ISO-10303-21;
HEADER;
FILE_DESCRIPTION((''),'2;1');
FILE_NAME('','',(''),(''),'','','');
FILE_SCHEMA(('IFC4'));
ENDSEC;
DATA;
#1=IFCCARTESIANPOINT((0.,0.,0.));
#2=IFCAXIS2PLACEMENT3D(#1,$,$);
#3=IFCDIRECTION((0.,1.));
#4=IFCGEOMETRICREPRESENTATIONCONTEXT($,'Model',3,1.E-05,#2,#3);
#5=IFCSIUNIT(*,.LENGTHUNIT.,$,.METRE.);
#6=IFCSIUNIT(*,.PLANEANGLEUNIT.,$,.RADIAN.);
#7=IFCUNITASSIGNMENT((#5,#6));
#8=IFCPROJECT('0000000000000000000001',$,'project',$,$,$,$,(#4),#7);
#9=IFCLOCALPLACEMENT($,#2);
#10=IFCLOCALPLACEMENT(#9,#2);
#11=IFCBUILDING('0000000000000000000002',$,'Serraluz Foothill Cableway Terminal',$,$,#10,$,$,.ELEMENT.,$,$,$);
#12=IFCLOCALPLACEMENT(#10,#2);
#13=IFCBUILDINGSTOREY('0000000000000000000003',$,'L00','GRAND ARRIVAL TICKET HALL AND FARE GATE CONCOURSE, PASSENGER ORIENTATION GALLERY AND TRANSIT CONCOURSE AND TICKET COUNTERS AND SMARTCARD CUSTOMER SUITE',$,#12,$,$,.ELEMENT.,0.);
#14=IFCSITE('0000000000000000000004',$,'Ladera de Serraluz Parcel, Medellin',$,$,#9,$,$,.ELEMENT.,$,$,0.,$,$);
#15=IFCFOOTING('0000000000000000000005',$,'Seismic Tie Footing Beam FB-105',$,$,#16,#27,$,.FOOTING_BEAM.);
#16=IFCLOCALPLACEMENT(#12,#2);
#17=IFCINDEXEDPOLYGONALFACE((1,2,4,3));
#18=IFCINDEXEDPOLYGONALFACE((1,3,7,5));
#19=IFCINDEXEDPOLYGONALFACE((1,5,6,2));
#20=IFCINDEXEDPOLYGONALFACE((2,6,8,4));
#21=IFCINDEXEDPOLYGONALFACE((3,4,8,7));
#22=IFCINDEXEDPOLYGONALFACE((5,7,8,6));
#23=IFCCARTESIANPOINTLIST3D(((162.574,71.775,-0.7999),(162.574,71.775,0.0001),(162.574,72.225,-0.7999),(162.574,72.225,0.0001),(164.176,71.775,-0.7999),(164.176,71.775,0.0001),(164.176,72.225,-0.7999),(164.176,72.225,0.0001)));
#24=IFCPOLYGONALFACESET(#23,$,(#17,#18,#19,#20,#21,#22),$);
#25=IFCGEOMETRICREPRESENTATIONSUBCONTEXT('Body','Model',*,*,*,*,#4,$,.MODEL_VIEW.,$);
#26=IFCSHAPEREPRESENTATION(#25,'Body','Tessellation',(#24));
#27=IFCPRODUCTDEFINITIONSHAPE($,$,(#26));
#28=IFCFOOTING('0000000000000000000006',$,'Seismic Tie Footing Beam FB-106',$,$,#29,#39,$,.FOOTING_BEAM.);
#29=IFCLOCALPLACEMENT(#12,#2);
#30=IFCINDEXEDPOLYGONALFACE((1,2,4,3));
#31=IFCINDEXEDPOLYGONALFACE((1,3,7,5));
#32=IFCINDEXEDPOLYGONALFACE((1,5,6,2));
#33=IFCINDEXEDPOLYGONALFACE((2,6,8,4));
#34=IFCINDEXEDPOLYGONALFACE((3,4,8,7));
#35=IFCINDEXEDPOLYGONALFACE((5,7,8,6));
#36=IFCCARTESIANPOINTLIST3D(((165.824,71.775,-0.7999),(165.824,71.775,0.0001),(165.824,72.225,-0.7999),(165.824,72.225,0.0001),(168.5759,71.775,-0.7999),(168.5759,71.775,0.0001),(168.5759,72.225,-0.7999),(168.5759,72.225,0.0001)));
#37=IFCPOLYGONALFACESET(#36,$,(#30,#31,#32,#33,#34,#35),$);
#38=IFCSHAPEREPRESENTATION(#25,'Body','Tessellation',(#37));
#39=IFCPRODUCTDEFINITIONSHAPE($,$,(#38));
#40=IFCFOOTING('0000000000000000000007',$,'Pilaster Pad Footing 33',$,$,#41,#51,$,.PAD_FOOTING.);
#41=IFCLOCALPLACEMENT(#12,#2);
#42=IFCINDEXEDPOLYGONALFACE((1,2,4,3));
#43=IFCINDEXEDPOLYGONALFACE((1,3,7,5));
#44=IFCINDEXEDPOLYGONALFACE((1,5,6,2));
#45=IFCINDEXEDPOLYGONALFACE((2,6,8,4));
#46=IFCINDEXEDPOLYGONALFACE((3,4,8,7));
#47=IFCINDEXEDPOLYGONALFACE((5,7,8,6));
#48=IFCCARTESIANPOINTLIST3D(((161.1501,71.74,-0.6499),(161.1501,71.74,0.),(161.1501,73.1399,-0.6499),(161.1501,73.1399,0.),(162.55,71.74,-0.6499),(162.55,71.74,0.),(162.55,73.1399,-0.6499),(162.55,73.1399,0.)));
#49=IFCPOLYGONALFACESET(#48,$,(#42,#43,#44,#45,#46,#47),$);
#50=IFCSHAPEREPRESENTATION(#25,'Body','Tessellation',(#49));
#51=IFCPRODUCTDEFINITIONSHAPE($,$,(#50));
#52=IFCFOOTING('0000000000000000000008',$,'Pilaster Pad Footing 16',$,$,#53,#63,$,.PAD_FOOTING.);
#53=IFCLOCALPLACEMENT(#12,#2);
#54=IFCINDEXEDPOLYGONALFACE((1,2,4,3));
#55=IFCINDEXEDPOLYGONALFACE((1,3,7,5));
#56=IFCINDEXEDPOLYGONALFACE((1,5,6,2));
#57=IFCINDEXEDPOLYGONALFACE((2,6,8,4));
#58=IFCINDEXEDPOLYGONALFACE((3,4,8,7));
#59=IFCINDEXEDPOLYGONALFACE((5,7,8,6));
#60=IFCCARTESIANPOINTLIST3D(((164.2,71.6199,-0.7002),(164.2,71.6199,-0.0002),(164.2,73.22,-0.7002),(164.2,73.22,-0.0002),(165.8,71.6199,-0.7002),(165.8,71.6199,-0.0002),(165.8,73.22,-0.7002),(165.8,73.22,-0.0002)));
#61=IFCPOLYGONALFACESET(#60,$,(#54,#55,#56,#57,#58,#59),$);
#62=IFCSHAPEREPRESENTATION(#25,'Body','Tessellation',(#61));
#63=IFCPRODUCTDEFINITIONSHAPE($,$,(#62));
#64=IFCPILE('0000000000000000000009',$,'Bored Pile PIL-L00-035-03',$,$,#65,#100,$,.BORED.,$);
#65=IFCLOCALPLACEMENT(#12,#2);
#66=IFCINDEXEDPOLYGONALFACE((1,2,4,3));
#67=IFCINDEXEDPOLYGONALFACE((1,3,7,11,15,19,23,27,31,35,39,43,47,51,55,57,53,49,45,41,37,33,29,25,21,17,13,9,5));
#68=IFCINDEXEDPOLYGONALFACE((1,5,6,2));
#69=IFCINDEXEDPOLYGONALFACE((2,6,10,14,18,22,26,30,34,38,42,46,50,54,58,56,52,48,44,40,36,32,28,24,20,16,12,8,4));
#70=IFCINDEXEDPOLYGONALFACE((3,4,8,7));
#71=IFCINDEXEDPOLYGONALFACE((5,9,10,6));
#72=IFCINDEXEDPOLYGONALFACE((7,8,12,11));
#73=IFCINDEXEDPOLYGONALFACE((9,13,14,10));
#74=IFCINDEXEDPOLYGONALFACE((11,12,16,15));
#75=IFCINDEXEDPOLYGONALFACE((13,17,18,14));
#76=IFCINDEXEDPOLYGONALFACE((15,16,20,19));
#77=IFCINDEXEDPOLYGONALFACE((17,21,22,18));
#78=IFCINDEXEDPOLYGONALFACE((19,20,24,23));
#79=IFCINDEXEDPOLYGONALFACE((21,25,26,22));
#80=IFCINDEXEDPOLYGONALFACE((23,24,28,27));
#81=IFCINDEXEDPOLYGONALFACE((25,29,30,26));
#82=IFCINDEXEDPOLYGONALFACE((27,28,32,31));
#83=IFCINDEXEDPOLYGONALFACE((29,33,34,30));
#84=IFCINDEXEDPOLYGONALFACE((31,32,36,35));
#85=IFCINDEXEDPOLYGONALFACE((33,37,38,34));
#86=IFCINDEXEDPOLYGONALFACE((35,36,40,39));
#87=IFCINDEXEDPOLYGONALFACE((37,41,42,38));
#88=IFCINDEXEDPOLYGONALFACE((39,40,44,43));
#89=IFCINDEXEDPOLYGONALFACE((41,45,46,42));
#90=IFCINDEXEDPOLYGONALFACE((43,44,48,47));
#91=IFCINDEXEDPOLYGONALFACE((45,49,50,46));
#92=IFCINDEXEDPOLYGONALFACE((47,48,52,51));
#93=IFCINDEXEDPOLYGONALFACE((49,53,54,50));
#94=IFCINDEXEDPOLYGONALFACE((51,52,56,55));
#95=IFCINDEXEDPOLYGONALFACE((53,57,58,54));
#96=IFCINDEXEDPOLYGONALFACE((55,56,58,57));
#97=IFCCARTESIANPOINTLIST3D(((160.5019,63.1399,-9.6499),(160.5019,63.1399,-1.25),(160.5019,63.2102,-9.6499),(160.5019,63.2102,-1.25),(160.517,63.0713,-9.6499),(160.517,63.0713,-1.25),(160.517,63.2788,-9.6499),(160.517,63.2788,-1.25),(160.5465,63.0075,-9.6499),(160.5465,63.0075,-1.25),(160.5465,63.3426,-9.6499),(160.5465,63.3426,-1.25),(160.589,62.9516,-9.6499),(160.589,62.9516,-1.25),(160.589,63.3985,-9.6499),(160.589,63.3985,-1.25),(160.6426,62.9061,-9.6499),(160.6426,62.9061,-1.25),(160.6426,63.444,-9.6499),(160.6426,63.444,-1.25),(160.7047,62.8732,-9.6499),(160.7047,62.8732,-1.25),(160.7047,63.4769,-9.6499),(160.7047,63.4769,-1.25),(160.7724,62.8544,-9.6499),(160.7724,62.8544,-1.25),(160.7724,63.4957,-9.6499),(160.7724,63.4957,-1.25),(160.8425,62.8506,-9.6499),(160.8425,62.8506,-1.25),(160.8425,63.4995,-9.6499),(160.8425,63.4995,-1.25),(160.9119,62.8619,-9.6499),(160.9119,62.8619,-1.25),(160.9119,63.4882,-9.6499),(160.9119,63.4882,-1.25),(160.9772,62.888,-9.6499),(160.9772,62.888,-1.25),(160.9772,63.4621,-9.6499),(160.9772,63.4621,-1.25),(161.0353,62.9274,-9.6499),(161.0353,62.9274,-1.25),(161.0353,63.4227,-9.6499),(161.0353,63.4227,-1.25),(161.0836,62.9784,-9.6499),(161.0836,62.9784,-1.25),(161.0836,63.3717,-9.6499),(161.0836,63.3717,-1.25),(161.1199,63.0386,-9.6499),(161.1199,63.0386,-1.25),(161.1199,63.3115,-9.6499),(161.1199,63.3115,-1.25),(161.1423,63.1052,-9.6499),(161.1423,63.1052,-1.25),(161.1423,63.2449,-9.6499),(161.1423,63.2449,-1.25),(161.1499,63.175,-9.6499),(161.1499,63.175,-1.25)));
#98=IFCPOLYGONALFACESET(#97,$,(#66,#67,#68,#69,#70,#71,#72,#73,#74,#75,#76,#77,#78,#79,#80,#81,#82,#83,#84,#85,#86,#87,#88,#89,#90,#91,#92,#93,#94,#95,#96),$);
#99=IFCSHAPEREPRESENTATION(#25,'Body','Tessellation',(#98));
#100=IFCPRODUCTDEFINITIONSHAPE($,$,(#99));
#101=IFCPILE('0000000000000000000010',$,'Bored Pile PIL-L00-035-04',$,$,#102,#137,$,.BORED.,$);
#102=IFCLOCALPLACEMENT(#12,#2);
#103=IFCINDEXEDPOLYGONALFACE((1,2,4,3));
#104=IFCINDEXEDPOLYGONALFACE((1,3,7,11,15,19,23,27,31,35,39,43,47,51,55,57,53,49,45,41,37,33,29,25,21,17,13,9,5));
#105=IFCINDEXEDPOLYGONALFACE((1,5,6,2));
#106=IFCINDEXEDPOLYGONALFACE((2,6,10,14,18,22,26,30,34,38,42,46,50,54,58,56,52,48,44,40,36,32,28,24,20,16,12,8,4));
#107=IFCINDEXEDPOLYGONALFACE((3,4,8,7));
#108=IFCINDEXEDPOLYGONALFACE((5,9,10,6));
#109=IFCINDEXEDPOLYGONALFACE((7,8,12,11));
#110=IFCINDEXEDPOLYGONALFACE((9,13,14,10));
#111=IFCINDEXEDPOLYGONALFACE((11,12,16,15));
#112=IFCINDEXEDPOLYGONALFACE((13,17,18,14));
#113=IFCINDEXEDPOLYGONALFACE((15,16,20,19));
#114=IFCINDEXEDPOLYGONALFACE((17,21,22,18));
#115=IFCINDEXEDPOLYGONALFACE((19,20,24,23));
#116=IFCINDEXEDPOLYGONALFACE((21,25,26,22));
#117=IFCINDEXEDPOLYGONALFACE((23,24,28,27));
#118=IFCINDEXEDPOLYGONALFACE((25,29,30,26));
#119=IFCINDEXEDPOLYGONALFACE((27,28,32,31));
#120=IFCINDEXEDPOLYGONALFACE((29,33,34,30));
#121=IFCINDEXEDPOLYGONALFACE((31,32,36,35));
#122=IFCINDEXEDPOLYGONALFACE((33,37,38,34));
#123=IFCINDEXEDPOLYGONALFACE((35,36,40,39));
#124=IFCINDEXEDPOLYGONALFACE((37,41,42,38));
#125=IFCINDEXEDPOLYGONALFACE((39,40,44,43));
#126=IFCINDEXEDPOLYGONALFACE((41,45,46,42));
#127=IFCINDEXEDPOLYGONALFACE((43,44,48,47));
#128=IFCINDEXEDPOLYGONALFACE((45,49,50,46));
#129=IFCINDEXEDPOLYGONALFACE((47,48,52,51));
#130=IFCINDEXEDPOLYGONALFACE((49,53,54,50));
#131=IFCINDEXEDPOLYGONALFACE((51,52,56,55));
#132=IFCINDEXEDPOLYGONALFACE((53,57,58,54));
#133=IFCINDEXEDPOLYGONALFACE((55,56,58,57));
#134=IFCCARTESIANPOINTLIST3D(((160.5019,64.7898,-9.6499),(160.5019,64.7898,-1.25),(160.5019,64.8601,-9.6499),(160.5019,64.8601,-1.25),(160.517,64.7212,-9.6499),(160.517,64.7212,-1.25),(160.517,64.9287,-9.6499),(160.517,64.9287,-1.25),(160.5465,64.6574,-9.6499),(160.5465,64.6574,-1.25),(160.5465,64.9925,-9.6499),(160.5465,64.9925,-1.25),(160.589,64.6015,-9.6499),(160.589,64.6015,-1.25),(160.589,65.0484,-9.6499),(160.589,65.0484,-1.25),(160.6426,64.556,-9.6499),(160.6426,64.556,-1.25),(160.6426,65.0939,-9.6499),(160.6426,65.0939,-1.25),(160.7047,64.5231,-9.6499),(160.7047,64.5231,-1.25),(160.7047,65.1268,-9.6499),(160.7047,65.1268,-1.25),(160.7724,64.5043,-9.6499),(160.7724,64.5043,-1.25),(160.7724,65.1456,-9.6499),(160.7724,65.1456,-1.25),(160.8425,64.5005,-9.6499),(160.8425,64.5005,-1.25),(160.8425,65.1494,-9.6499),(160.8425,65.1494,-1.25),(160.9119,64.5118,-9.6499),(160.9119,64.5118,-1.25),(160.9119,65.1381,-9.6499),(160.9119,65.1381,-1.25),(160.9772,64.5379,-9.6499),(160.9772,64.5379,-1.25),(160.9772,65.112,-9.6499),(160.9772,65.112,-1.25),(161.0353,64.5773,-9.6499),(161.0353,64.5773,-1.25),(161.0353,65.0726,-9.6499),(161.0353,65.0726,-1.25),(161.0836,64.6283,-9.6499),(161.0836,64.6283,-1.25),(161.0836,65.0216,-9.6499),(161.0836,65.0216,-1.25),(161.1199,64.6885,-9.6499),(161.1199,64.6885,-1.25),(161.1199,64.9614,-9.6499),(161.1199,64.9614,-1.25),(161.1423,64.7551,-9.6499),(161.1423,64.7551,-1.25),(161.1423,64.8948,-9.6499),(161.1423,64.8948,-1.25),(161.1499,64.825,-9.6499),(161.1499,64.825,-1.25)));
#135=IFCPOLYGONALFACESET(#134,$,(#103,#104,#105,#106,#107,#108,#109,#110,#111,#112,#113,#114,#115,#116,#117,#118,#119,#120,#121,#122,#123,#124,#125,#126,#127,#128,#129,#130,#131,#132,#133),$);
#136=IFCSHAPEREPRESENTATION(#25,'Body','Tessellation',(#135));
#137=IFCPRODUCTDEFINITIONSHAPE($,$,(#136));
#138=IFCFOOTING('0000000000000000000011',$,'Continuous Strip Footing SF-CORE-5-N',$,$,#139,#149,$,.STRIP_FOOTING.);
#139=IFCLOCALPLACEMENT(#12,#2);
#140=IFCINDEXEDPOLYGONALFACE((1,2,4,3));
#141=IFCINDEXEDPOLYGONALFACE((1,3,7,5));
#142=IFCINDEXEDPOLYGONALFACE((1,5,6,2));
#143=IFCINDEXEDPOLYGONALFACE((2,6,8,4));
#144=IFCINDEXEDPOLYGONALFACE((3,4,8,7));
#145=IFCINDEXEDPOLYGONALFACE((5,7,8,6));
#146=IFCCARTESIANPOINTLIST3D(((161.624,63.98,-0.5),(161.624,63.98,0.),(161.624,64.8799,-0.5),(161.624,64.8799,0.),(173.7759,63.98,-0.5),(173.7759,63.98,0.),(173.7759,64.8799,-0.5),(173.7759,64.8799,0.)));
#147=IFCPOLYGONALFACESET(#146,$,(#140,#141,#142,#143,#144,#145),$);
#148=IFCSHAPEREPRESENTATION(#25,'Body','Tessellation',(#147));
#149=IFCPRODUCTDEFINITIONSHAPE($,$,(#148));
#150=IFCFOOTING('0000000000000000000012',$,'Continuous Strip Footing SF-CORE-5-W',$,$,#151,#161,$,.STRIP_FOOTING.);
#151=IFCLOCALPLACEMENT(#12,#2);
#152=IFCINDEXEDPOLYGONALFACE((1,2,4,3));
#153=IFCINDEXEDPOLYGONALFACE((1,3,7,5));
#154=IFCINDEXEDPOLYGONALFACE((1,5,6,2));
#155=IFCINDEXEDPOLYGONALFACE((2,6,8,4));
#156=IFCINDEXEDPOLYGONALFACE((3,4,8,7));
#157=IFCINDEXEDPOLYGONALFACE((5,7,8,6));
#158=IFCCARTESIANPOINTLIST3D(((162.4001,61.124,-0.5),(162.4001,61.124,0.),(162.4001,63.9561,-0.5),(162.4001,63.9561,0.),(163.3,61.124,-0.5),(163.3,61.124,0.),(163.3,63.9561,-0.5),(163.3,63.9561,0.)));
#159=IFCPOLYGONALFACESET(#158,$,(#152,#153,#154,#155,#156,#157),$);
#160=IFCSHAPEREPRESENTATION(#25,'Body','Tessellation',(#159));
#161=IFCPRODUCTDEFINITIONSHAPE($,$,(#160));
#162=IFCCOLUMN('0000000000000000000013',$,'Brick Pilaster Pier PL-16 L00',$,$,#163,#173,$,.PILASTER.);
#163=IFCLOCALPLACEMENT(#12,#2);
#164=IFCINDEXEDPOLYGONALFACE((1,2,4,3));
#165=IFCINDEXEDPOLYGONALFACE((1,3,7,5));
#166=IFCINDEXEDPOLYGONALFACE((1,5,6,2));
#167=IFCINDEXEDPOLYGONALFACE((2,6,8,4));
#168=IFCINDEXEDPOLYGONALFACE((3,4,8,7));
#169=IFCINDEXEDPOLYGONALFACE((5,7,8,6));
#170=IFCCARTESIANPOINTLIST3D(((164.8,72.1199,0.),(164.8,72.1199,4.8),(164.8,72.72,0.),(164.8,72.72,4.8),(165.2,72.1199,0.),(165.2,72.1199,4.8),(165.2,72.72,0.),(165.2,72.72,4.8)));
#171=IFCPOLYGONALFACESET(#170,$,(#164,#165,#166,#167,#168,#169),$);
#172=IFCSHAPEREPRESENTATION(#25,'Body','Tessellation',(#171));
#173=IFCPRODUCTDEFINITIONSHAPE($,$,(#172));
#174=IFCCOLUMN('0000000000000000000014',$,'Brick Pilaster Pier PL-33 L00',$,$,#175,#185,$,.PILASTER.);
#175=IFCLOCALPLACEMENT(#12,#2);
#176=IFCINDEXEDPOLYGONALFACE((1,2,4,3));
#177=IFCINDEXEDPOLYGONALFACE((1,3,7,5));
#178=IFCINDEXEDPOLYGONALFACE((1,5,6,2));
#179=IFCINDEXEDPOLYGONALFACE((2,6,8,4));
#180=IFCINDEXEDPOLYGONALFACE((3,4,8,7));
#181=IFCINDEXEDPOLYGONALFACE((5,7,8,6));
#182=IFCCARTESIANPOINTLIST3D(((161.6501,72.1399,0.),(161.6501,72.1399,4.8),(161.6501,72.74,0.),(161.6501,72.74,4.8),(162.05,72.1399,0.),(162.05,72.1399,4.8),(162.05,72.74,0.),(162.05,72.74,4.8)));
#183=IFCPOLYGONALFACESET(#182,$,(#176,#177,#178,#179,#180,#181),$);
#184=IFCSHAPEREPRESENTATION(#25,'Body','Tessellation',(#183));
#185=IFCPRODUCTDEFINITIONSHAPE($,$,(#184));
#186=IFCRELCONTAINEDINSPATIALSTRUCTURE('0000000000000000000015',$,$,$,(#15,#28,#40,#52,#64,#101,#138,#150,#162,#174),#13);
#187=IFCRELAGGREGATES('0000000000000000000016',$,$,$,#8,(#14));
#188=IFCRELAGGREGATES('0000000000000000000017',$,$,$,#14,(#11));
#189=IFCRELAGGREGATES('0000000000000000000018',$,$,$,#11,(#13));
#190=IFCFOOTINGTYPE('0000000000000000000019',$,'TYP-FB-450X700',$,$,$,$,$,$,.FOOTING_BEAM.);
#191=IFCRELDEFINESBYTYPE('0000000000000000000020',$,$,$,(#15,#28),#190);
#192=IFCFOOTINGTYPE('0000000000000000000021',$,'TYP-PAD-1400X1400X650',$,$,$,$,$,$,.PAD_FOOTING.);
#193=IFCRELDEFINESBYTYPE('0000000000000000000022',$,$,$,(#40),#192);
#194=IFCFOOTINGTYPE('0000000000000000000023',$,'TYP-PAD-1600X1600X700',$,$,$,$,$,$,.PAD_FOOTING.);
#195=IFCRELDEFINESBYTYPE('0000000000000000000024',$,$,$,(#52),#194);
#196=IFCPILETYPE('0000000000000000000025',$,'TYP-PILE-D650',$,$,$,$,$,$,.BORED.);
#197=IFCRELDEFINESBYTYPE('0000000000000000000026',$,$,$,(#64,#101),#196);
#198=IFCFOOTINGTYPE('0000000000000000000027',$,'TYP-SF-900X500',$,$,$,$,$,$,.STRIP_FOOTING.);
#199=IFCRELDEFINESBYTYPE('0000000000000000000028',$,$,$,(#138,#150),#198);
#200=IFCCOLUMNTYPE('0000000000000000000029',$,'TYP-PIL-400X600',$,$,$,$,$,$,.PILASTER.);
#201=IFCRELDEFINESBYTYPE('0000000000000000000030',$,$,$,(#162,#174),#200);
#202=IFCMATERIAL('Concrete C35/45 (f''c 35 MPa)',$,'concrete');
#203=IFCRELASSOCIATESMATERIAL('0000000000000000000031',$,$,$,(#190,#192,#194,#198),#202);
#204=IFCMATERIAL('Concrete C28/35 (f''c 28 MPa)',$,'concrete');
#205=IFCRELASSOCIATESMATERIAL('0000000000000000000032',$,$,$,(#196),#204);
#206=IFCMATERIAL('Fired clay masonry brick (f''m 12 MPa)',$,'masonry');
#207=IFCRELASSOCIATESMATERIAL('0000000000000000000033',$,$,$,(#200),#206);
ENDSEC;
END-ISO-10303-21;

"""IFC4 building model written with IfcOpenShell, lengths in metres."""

from ifc_helpers import new_model, si_unit, direction, frame, origin, origin_2d, place, context, subcontext, project, spatial, rectangle, circle, extrude, material, material_profile, profile_set, type_object, element, save


model = new_model("IFC4")

# Units and contexts
model_context = context("Model", 3, precision=1e-05, world=origin(), true_north=direction((0.0, 1.0)))
body_context = subcontext(model_context, "Body", "Model", "MODEL_VIEW")
ifc_project = project(units=[si_unit("LENGTHUNIT", "METRE"), si_unit("PLANEANGLEUNIT", "RADIAN")], contexts=[model_context])

# Site, building, storey
site_placement = place(None, origin())
site = spatial("IfcSite", under=ifc_project, at=site_placement, Name="Ladera de Serraluz Parcel, Medellin", CompositionType="ELEMENT", RefElevation=0.0)
building_placement = place(site_placement, origin())
building = spatial("IfcBuilding", under=site, at=building_placement, Name="Serraluz Foothill Cableway Terminal", CompositionType="ELEMENT")
storey_placement = place(building_placement, origin())
storey = spatial("IfcBuildingStorey", under=building, at=storey_placement, Name="L00", Description="GRAND ARRIVAL TICKET HALL AND FARE GATE CONCOURSE, PASSENGER ORIENTATION GALLERY AND TRANSIT CONCOURSE AND TICKET COUNTERS AND SMARTCARD CUSTOMER SUITE", CompositionType="ELEMENT", Elevation=0.0)

# Footings
ifc_material_1 = material(Name="Concrete C35/45 (f'c 35 MPa)", Category="concrete")
ifc_material_profile_1 = material_profile(ifc_material_1, rectangle(XDim=0.45, YDim=0.8, at=origin_2d()), Name="RC 450x800")
ifc_profile_set_1 = profile_set([ifc_material_profile_1], Name="Concrete C35/45 (f'c 35 MPa)")
footing_type_1 = type_object("IfcFootingType", Name="TYP-FB-450X700", PredefinedType="FOOTING_BEAM", material=ifc_profile_set_1)
footing_1_placement = place(storey_placement, frame((162.574, 72.0, -0.3999), z_axis=(1.0, 0.0, 0.0), x_axis=(0.0, 1.0, 0.0)))
element("IfcFooting", 1, at=footing_1_placement, inside=storey, type_object=footing_type_1, Name="Seismic Tie Footing Beam FB-105", PredefinedType="FOOTING_BEAM", context=body_context, shape_type="SweptSolid", body=[
    extrude(rectangle(XDim=0.45, YDim=0.8, at=origin_2d()), origin(), (0.0, 0.0, 1.0), 1.6021),
])
footing_2_placement = place(storey_placement, frame((165.824, 72.0, -0.3999), z_axis=(1.0, 0.0, 0.0), x_axis=(0.0, 1.0, 0.0)))
element("IfcFooting", 2, at=footing_2_placement, inside=storey, type_object=footing_type_1, Name="Seismic Tie Footing Beam FB-106", PredefinedType="FOOTING_BEAM", context=body_context, shape_type="SweptSolid", body=[
    extrude(rectangle(XDim=0.45, YDim=0.8, at=origin_2d()), origin(), (0.0, 0.0, 1.0), 2.752),
])
footing_type_2 = type_object("IfcFootingType", Name="TYP-PAD-1400X1400X650", PredefinedType="PAD_FOOTING", material=ifc_material_1)
footing_3_placement = place(storey_placement, frame((161.8501, 72.4399, -0.6499), z_axis=(0.0, 0.0, 1.0), x_axis=(1.0, 0.0, 0.0)))
element("IfcFooting", 3, at=footing_3_placement, inside=storey, type_object=footing_type_2, Name="Pilaster Pad Footing 33", PredefinedType="PAD_FOOTING", context=body_context, shape_type="SweptSolid", body=[
    extrude(rectangle(XDim=1.3999, YDim=1.3999, at=origin_2d()), origin(), (0.0, 0.0, 1.0), 0.6499),
])
footing_type_3 = type_object("IfcFootingType", Name="TYP-PAD-1600X1600X700", PredefinedType="PAD_FOOTING", material=ifc_material_1)
footing_4_placement = place(storey_placement, frame((165.0, 72.4199, -0.7002), z_axis=(0.0, 0.0, 1.0), x_axis=(1.0, 0.0, 0.0)))
element("IfcFooting", 4, at=footing_4_placement, inside=storey, type_object=footing_type_3, Name="Pilaster Pad Footing 16", PredefinedType="PAD_FOOTING", context=body_context, shape_type="SweptSolid", body=[
    extrude(rectangle(XDim=1.6001, YDim=1.6001, at=origin_2d()), origin(), (0.0, 0.0, 1.0), 0.7),
])

# Piles
ifc_material_2 = material(Name="Concrete C28/35 (f'c 28 MPa)", Category="concrete")
ifc_material_profile_2 = material_profile(ifc_material_2, circle(Radius=0.325, at=origin_2d()), Name="BORED PILE D650")
ifc_profile_set_2 = profile_set([ifc_material_profile_2], Name="Concrete C28/35 (f'c 28 MPa)")
pile_type = type_object("IfcPileType", Name="TYP-PILE-D650", PredefinedType="BORED", material=ifc_profile_set_2)
for number, where, z_axis, x_axis, name in (
    (5, (160.825, 63.175, -1.25), (0.0, 0.0, -1.0), (1.0, 0.0, 0.0), "Bored Pile PIL-L00-035-03"),
    (6, (160.825, 64.825, -1.25), (0.0, 0.0, -1.0), (1.0, 0.0, 0.0), "Bored Pile PIL-L00-035-04"),
):
    element("IfcPile", number, at=place(storey_placement, frame(where, z_axis=z_axis, x_axis=x_axis)), inside=storey, type_object=pile_type, Name=name, PredefinedType="BORED", context=body_context, shape_type="SweptSolid", body=[
        extrude(circle(Radius=0.325, at=origin_2d()), origin(), (0.0, 0.0, 1.0), 8.3999),
    ])

# Footings
ifc_material_profile_3 = material_profile(ifc_material_1, rectangle(XDim=0.8999, YDim=0.5, at=origin_2d()), Name="SF 900x500")
ifc_profile_set_3 = profile_set([ifc_material_profile_3], Name="Concrete C35/45 (f'c 35 MPa)")
footing_type_4 = type_object("IfcFootingType", Name="TYP-SF-900X500", PredefinedType="STRIP_FOOTING", material=ifc_profile_set_3)
footing_5_placement = place(storey_placement, frame((161.624, 64.4299, -0.25), z_axis=(1.0, 0.0, 0.0), x_axis=(0.0, 1.0, 0.0)))
element("IfcFooting", 7, at=footing_5_placement, inside=storey, type_object=footing_type_4, Name="Continuous Strip Footing SF-CORE-5-N", PredefinedType="STRIP_FOOTING", context=body_context, shape_type="SweptSolid", body=[
    extrude(rectangle(XDim=0.8999, YDim=0.5, at=origin_2d()), origin(), (0.0, 0.0, 1.0), 12.1519),
])
footing_6_placement = place(storey_placement, frame((162.8501, 61.124, -0.25), z_axis=(0.0, 1.0, 0.0), x_axis=(-1.0, 0.0, 0.0)))
element("IfcFooting", 8, at=footing_6_placement, inside=storey, type_object=footing_type_4, Name="Continuous Strip Footing SF-CORE-5-W", PredefinedType="STRIP_FOOTING", context=body_context, shape_type="SweptSolid", body=[
    extrude(rectangle(XDim=0.8999, YDim=0.5, at=origin_2d()), origin(), (0.0, 0.0, 1.0), 2.832),
])

# Columns
ifc_material_3 = material(Name="Fired clay masonry brick (f'm 12 MPa)", Category="masonry")
ifc_material_profile_4 = material_profile(ifc_material_3, rectangle(XDim=0.3999, YDim=0.6001, at=origin_2d()), Name="PIL 400x600")
ifc_profile_set_4 = profile_set([ifc_material_profile_4], Name="Fired clay masonry brick (f'm 12 MPa)")
column_type = type_object("IfcColumnType", Name="TYP-PIL-400X600", PredefinedType="PILASTER", material=ifc_profile_set_4)
for number, where, z_axis, x_axis, name in (
    (9, (165.0, 72.4199, 0.0), (0.0, 0.0, 1.0), (1.0, 0.0, 0.0), "Brick Pilaster Pier PL-16 L00"),
    (10, (161.8501, 72.4399, 0.0), (0.0, 0.0, 1.0), (1.0, 0.0, 0.0), "Brick Pilaster Pier PL-33 L00"),
):
    element("IfcColumn", number, at=place(storey_placement, frame(where, z_axis=z_axis, x_axis=x_axis)), inside=storey, type_object=column_type, Name=name, PredefinedType="PILASTER", context=body_context, shape_type="SweptSolid", body=[
        extrude(rectangle(XDim=0.3999, YDim=0.6001, at=origin_2d()), origin(), (0.0, 0.0, 1.0), 4.8),
    ])

save(model, "model.ifc")
